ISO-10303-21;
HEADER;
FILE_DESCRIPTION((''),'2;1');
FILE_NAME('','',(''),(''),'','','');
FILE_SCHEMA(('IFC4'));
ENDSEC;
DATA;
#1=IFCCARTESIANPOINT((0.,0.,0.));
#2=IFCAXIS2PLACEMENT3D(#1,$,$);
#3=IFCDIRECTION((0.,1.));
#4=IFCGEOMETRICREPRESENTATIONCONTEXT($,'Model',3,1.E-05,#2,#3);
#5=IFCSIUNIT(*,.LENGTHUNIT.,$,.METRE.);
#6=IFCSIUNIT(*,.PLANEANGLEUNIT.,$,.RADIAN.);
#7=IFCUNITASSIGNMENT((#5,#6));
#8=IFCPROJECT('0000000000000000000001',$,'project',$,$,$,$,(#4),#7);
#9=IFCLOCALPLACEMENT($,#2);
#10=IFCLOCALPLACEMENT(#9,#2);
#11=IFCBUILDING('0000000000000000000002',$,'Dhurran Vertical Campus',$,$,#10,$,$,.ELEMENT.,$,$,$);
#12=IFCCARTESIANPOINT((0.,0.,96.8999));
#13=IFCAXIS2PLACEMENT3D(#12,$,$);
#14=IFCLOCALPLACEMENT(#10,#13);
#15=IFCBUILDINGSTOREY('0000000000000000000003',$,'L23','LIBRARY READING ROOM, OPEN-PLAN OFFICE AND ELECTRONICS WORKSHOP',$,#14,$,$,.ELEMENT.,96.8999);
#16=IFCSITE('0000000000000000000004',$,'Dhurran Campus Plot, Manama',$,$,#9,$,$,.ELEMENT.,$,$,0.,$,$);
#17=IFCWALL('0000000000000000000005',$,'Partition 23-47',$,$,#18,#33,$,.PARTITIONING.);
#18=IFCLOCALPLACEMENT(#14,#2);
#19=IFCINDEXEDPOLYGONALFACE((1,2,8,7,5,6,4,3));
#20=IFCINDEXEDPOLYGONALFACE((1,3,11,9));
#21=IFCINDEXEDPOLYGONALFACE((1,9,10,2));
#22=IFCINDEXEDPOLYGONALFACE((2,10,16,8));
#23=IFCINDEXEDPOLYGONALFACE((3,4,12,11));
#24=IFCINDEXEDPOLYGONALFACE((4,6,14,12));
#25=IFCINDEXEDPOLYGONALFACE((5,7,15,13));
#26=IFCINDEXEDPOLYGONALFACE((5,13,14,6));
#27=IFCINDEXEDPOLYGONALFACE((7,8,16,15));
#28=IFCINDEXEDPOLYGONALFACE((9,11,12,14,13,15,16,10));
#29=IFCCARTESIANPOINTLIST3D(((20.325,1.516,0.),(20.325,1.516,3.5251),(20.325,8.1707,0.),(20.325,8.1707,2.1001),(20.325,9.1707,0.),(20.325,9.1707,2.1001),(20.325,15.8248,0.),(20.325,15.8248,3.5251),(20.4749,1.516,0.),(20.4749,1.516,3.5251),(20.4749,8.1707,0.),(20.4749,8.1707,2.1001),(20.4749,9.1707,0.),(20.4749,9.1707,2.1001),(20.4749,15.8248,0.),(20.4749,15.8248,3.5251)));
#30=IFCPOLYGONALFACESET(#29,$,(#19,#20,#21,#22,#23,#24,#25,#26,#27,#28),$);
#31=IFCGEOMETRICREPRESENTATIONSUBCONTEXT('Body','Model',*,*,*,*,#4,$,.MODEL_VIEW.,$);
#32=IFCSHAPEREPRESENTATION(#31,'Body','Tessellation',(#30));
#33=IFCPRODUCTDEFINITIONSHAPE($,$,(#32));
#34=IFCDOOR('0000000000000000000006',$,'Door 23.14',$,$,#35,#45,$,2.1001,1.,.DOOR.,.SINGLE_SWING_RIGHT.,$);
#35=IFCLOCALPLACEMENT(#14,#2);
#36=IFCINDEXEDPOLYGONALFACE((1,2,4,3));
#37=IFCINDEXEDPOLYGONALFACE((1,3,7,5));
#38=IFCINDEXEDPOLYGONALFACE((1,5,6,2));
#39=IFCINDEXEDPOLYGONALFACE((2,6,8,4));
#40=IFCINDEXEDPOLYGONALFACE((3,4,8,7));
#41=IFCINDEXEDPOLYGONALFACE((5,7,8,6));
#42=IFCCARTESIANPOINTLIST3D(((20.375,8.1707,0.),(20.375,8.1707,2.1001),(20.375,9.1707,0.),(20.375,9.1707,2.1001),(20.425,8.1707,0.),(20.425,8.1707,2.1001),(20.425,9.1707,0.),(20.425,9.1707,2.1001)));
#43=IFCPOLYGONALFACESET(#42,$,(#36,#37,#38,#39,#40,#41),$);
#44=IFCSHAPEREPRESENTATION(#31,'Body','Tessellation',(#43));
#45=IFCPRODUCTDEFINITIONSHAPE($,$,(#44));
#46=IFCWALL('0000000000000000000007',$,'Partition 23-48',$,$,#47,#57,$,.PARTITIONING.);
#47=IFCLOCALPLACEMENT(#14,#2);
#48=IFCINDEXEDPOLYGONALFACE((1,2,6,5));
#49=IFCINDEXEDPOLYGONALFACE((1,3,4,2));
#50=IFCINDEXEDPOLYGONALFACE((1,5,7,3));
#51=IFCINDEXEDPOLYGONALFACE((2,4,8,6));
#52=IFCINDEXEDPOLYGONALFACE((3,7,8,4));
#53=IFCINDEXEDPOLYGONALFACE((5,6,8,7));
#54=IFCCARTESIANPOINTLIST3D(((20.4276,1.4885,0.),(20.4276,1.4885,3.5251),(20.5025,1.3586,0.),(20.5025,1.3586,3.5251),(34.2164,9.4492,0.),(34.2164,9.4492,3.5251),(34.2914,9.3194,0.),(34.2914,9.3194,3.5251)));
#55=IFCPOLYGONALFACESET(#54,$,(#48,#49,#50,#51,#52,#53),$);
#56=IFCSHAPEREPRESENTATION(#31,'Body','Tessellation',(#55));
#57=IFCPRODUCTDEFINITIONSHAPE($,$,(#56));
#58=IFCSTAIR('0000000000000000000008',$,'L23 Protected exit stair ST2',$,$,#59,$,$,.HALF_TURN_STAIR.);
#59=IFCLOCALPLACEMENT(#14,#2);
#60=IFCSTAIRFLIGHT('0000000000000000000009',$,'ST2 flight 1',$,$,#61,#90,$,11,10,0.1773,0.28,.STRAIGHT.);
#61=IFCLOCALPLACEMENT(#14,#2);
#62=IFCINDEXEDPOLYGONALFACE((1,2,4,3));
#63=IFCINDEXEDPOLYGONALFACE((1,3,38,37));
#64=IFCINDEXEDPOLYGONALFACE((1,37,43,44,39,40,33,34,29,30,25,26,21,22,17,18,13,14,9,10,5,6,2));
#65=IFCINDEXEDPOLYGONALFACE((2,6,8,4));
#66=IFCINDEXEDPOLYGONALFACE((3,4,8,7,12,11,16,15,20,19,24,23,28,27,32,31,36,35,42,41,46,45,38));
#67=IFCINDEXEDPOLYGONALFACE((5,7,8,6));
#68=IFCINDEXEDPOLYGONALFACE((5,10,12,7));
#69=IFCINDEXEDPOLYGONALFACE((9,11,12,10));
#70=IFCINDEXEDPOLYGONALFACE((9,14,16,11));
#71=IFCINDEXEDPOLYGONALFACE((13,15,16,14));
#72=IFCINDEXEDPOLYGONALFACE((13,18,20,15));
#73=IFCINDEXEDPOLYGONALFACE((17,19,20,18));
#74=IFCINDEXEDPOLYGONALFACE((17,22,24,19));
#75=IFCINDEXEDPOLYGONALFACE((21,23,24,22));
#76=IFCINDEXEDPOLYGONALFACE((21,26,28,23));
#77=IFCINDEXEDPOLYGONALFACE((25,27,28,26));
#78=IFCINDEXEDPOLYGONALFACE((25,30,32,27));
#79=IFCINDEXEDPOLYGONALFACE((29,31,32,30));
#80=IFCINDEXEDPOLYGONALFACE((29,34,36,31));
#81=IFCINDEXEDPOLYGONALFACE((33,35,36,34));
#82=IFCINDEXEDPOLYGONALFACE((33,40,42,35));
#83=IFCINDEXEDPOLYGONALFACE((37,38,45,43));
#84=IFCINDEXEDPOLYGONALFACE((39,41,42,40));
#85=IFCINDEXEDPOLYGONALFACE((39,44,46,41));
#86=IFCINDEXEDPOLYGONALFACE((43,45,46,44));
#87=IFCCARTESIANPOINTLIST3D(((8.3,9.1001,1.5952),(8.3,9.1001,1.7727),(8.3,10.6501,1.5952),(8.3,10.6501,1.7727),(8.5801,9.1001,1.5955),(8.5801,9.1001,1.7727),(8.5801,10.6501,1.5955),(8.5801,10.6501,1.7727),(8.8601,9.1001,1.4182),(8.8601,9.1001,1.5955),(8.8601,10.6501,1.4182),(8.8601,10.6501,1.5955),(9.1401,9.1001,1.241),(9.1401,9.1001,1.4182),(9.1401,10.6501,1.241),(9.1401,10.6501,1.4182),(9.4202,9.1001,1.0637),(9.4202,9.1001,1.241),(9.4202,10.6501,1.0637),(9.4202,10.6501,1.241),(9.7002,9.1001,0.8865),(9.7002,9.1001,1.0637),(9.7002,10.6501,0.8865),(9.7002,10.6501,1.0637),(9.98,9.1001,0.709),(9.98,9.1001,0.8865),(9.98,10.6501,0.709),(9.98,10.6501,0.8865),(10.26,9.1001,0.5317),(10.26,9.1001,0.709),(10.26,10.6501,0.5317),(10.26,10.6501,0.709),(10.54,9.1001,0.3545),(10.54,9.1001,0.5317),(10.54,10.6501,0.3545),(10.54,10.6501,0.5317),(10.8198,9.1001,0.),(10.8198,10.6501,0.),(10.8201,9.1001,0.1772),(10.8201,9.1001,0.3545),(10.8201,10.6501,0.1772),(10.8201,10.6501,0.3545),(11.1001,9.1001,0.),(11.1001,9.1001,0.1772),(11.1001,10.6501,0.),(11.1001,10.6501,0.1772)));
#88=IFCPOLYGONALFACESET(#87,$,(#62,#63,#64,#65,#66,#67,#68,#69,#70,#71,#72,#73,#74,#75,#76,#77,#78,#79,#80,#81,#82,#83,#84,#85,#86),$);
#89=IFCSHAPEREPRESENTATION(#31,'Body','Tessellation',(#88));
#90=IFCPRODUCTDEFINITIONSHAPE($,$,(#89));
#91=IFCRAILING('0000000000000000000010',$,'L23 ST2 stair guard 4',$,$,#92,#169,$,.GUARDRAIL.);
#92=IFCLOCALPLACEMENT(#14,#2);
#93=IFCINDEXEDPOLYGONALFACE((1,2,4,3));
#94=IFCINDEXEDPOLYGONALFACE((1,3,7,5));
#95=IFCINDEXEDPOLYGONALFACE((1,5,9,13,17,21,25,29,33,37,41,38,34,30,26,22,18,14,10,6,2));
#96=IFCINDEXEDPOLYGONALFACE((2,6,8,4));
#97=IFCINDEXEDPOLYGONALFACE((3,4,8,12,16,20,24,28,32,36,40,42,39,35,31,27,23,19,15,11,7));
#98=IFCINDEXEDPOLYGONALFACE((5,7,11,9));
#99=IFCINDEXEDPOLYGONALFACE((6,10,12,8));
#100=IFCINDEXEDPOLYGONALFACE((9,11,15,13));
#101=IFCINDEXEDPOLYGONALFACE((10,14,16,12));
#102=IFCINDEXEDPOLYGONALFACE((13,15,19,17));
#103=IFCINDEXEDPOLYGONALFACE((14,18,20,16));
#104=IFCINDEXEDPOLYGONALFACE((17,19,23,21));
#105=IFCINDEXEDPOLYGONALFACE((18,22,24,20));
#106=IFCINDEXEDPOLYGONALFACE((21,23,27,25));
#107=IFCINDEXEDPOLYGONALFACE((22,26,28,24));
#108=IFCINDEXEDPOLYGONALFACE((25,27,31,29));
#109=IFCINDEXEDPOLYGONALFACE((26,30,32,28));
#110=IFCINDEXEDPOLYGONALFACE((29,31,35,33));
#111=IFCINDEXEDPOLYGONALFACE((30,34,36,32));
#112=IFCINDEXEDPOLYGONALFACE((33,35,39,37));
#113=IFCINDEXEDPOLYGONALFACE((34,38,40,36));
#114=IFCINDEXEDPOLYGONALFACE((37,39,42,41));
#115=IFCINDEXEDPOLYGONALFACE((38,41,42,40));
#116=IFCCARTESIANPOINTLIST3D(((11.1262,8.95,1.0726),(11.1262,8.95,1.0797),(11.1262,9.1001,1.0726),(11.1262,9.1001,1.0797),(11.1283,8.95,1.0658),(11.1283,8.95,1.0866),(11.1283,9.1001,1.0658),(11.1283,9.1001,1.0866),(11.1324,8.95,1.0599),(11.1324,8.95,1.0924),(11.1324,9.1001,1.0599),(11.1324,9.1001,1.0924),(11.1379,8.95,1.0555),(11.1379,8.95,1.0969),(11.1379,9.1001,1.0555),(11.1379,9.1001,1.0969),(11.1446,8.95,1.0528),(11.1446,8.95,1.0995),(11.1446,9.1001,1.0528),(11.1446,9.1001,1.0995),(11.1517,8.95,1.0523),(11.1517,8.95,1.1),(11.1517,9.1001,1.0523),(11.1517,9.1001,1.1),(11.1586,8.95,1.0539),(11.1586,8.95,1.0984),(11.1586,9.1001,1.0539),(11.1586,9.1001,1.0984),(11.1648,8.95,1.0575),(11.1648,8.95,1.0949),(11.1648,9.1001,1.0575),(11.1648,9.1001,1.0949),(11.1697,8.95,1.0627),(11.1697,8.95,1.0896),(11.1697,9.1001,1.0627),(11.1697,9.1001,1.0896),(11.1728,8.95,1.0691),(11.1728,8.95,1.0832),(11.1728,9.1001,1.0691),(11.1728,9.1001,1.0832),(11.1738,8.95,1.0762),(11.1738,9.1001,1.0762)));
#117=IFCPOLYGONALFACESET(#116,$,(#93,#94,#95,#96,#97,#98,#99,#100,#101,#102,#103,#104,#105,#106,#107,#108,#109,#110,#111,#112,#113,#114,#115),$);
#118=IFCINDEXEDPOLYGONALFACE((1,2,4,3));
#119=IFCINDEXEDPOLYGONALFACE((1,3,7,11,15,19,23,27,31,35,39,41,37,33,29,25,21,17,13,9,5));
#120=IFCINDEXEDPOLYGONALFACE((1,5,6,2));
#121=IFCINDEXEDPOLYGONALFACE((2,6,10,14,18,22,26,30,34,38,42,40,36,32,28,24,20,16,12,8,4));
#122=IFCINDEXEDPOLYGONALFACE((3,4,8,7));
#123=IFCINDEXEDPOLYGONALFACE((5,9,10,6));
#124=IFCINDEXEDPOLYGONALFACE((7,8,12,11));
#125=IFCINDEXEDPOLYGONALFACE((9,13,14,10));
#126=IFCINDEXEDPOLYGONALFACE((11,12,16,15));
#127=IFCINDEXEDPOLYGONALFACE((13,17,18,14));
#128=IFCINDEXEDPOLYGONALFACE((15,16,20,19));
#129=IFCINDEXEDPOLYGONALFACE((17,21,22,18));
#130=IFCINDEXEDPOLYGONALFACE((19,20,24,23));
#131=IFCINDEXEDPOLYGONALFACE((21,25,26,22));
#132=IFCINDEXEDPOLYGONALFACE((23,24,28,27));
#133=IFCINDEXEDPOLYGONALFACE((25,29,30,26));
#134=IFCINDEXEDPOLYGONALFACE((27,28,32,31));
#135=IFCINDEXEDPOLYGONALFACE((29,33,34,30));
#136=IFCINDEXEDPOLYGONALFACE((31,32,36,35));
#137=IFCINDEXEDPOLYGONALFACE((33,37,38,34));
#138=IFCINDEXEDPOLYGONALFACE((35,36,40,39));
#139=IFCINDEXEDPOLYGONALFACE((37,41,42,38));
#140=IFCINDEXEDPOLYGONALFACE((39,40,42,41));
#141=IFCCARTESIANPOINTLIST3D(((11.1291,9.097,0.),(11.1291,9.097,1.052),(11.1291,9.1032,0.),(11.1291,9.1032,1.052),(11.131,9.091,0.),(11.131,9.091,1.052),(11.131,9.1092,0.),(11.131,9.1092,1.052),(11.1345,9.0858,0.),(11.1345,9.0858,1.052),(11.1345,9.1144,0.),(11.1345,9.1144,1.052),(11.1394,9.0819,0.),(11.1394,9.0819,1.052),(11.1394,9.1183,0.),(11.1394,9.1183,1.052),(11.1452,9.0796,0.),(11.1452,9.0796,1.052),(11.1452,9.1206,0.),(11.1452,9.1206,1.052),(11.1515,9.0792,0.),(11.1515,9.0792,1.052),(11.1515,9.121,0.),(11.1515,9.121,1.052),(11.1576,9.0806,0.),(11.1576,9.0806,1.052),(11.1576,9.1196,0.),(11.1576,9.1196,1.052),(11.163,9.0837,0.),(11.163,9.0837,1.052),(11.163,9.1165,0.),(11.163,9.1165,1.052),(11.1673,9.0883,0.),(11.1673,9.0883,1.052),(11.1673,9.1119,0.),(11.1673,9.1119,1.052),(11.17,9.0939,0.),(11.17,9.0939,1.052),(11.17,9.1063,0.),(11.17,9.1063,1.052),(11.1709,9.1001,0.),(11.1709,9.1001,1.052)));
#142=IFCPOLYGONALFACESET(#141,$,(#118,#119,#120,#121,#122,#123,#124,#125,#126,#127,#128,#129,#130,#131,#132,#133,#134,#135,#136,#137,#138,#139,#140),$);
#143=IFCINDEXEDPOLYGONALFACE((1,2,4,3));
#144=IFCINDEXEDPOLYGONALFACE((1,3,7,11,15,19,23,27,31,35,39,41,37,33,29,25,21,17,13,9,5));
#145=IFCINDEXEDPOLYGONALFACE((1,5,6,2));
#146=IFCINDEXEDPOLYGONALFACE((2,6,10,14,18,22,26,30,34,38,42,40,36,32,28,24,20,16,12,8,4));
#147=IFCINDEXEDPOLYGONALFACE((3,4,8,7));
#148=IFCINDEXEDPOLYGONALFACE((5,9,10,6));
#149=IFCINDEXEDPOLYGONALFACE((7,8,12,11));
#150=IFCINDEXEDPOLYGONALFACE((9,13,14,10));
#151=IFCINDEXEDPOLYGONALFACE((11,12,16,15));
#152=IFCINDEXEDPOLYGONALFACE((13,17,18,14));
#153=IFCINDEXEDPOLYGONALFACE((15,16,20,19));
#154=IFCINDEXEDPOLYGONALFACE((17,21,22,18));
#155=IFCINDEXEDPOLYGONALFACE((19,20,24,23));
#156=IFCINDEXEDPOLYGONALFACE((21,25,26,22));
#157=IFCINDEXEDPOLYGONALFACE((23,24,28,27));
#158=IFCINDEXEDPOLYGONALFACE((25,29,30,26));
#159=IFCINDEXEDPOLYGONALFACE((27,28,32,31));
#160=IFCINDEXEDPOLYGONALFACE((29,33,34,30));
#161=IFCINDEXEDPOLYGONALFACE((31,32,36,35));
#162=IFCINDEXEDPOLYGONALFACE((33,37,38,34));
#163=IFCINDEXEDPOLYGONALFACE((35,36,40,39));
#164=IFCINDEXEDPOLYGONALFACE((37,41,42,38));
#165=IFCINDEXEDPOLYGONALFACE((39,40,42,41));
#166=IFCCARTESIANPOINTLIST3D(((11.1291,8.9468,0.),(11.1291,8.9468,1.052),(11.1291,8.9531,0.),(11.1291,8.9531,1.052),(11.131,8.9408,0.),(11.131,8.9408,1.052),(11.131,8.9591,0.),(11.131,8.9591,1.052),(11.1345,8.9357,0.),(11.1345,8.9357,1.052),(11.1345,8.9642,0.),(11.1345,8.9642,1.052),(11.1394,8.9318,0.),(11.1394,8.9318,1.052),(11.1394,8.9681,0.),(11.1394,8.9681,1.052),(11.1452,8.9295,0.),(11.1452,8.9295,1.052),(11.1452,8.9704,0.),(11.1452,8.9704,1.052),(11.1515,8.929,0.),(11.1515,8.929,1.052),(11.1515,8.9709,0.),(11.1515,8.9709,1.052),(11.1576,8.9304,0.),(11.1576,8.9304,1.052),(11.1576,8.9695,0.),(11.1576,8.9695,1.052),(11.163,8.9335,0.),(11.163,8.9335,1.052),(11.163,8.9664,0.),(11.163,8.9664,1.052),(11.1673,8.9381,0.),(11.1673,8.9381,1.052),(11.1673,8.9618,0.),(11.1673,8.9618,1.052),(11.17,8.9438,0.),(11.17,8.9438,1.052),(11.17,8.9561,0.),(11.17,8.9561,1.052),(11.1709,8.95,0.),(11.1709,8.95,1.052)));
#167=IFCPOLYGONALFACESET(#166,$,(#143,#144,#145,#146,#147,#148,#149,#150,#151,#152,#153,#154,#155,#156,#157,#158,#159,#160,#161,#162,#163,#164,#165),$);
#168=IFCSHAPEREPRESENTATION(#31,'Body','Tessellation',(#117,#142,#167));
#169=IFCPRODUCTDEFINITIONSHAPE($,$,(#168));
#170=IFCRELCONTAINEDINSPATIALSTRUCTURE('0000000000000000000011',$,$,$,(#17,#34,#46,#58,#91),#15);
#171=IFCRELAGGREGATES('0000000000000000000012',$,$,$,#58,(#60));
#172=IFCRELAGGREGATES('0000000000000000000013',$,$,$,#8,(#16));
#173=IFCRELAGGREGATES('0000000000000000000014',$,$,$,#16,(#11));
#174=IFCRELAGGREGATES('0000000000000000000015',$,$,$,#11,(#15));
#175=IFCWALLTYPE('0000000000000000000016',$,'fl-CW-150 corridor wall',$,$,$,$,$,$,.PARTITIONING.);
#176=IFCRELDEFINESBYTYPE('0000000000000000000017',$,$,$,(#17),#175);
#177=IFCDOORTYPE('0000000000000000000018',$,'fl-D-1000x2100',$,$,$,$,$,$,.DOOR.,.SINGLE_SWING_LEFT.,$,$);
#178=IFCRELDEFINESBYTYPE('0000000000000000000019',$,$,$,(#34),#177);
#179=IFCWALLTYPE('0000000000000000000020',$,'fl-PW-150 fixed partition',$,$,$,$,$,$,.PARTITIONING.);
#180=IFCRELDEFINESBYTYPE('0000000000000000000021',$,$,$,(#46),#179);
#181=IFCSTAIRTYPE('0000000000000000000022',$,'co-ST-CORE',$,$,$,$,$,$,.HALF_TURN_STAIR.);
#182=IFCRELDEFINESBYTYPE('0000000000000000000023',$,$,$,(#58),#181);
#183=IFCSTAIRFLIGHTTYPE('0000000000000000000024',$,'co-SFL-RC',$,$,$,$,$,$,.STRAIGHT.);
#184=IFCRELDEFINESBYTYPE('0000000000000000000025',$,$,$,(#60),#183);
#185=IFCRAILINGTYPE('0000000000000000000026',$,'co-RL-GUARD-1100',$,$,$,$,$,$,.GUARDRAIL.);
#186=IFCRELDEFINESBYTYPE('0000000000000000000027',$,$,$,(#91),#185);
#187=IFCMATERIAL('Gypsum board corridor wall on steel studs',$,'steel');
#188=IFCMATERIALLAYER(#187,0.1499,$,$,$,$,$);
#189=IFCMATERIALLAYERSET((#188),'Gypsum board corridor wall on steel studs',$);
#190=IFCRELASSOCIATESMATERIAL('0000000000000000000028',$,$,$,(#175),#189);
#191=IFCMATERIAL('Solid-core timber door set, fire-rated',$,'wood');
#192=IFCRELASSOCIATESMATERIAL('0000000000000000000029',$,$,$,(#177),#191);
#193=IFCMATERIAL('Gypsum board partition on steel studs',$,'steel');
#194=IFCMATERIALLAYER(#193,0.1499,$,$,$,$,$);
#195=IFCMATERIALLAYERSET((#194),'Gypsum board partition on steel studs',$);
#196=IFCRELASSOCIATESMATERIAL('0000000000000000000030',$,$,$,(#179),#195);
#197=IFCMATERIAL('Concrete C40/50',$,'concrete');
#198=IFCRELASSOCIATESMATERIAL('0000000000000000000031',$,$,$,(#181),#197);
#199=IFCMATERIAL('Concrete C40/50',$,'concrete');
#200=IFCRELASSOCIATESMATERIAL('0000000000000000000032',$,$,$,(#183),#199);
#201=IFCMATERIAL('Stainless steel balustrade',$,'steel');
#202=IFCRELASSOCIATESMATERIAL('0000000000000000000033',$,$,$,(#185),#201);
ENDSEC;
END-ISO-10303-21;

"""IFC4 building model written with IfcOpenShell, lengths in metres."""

from ifc_helpers import new_model, si_unit, direction, frame, frame_2d, origin, origin_2d, place, context, subcontext, project, spatial, polyline, rectangle, circle, outline, extrude, material, layer, layer_set, type_object, element, fill, aggregate, save


model = new_model("IFC4")

# Units and contexts
model_context = context("Model", 3, precision=1e-05, world=origin(), true_north=direction((0.0, 1.0)))
body_context = subcontext(model_context, "Body", "Model", "MODEL_VIEW")
ifc_project = project(units=[si_unit("LENGTHUNIT", "METRE"), si_unit("PLANEANGLEUNIT", "RADIAN")], contexts=[model_context])

# Site, building, storey
site_placement = place(None, origin())
site = spatial("IfcSite", under=ifc_project, at=site_placement, Name="Dhurran Campus Plot, Manama", CompositionType="ELEMENT", RefElevation=0.0)
building_placement = place(site_placement, origin())
building = spatial("IfcBuilding", under=site, at=building_placement, Name="Dhurran Vertical Campus", CompositionType="ELEMENT")
storey_placement = place(building_placement, frame((0.0, 0.0, 96.8999)))
storey = spatial("IfcBuildingStorey", under=building, at=storey_placement, Name="L23", Description="LIBRARY READING ROOM, OPEN-PLAN OFFICE AND ELECTRONICS WORKSHOP", CompositionType="ELEMENT", Elevation=96.8999)

# Wall, opening, door
ifc_material_1 = material(Name="Gypsum board corridor wall on steel studs", Category="steel")
ifc_layer_1 = layer(ifc_material_1, 0.1499)
ifc_layer_set_1 = layer_set([ifc_layer_1], Name="Gypsum board corridor wall on steel studs")
wall_type_1 = type_object("IfcWallType", Name="fl-CW-150 corridor wall", PredefinedType="PARTITIONING", material=ifc_layer_set_1)
wall_1_placement = place(storey_placement, frame((20.3999, 1.5161, 0.0), z_axis=(0.0, 0.0, 1.0), x_axis=(0.0, 1.0, 0.0)))
wall_1 = element("IfcWall", 1, at=wall_1_placement, inside=storey, type_object=wall_type_1, Name="Partition 23-47", PredefinedType="PARTITIONING", context=body_context, shape_type="SweptSolid", body=[
    extrude(rectangle(XDim=14.3088, YDim=0.1499, at=frame_2d((7.1543, 0.0))), origin(), (0.0, 0.0, 1.0), 3.5251),
])
opening_1_placement = place(wall_1_placement, frame((6.6545, 0.0, 0.0)))
opening_1 = element("IfcOpeningElement", 2, at=opening_1_placement, cuts=wall_1, PredefinedType="OPENING", context=body_context, shape_type="SweptSolid", body=[
    extrude(rectangle(XDim=1.0, YDim=2.1001, at=frame_2d((0.5, 1.05))), frame((0.0, 0.085, 0.0), z_axis=(0.0, -1.0, 0.0), x_axis=(1.0, 0.0, 0.0)), (0.0, 0.0, 1.0), 0.1699),
])
ifc_material_2 = material(Name="Solid-core timber door set, fire-rated", Category="wood")
door_type_1 = type_object("IfcDoorType", Name="fl-D-1000x2100", OperationType="SINGLE_SWING_LEFT", PredefinedType="DOOR", material=ifc_material_2)
door_1_placement = place(opening_1_placement, origin())
door_1 = element("IfcDoor", 3, at=door_1_placement, inside=storey, type_object=door_type_1, Name="Door 23.14", OperationType="SINGLE_SWING_RIGHT", OverallHeight=2.1001, OverallWidth=1.0, PredefinedType="DOOR", context=body_context, shape_type="SweptSolid", body=[
    extrude(rectangle(XDim=1.0, YDim=2.1001, at=frame_2d((0.5, 1.05))), frame((0.0, 0.0249, 0.0), z_axis=(0.0, -1.0, 0.0), x_axis=(1.0, 0.0, 0.0)), (0.0, 0.0, 1.0), 0.05),
])
fill(opening_1, door_1)

# Wall
ifc_material_3 = material(Name="Gypsum board partition on steel studs", Category="steel")
ifc_layer_2 = layer(ifc_material_3, 0.1499)
ifc_layer_set_2 = layer_set([ifc_layer_2], Name="Gypsum board partition on steel studs")
wall_type_2 = type_object("IfcWallType", Name="fl-PW-150 fixed partition", PredefinedType="PARTITIONING", material=ifc_layer_set_2)
wall_2_placement = place(storey_placement, frame((34.2539, 9.3843, 0.0), z_axis=(0.0, 0.0, 1.0), x_axis=(-0.866033, -0.499987, 0.0)))
element("IfcWall", 4, at=wall_2_placement, inside=storey, type_object=wall_type_2, Name="Partition 23-48", PredefinedType="PARTITIONING", context=body_context, shape_type="SweptSolid", body=[
    extrude(rectangle(XDim=15.9219, YDim=0.1499, at=frame_2d((7.9609, 0.0))), origin(), (0.0, 0.0, 1.0), 3.5251),
])

# Stair, stair flight
ifc_material_4 = material(Name="Concrete C40/50", Category="concrete")
stair_type = type_object("IfcStairType", Name="co-ST-CORE", PredefinedType="HALF_TURN_STAIR", material=ifc_material_4)
stair_placement = place(storey_placement, origin())
stair = element("IfcStair", 5, at=stair_placement, inside=storey, type_object=stair_type, Name="L23 Protected exit stair ST2", PredefinedType="HALF_TURN_STAIR")
ifc_material_5 = material(Name="Concrete C40/50", Category="concrete")
stair_flight_type = type_object("IfcStairFlightType", Name="co-SFL-RC", PredefinedType="STRAIGHT", material=ifc_material_5)
stair_flight_placement = place(storey_placement, frame((11.1001, 9.875, 0.0), z_axis=(0.0, 0.0, 1.0), x_axis=(-1.0, 0.0, 0.0)))
stair_flight = element("IfcStairFlight", 6, at=stair_flight_placement, type_object=stair_flight_type, Name="ST2 flight 1", NumberOfRisers=11, NumberOfTreads=10, PredefinedType="STRAIGHT", RiserHeight=0.1773, TreadLength=0.28, context=body_context, shape_type="SweptSolid", body=[
    extrude(outline(polyline([(0.0, 0.0), (0.0, 0.1772), (0.28, 0.1772), (0.28, 0.3545), (0.5601, 0.3545), (0.5601, 0.5317), (0.8401, 0.5317), (0.8401, 0.709), (1.1201, 0.709), (1.1201, 0.8865), (1.3999, 0.8865), (1.3999, 1.0637), (1.6799, 1.0637), (1.6799, 1.241), (1.96, 1.241), (1.96, 1.4182), (2.24, 1.4182), (2.24, 1.5955), (2.52, 1.5955), (2.52, 1.7727), (2.8, 1.7727), (2.8, 1.95), (2.8, 1.5952), (0.2803, 0.0), (0.0, 0.0)])), frame((0.0, 0.7749, 0.0), z_axis=(0.0, -1.0, 0.0), x_axis=(1.0, 0.0, 0.0)), (0.0, 0.0, 1.0), 1.55),
])
aggregate(stair, [stair_flight])

# Railing
ifc_material_6 = material(Name="Stainless steel balustrade", Category="steel")
railing_type_1 = type_object("IfcRailingType", Name="co-RL-GUARD-1100", PredefinedType="GUARDRAIL", material=ifc_material_6)
railing_1_placement = place(storey_placement, frame((11.1499, 9.1001, 0.0)))
element("IfcRailing", 7, at=railing_1_placement, inside=storey, type_object=railing_type_1, Name="L23 ST2 stair guard 4", PredefinedType="GUARDRAIL", context=body_context, shape_type="SweptSolid", body=[
    extrude(circle(Radius=0.0239, at=origin_2d()), frame((0.0, 0.0, 1.0762), z_axis=(0.0, -1.0, 0.0), x_axis=(1.0, 0.0, 0.0)), (0.0, 0.0, 1.0), 0.1501),
    extrude(circle(Radius=0.021, at=origin_2d()), origin(), (0.0, 0.0, 1.0), 1.052),
    extrude(circle(Radius=0.021, at=origin_2d()), frame((0.0, -0.1501, 0.0)), (0.0, 0.0, 1.0), 1.052),
])

save(model, "model.ifc")
